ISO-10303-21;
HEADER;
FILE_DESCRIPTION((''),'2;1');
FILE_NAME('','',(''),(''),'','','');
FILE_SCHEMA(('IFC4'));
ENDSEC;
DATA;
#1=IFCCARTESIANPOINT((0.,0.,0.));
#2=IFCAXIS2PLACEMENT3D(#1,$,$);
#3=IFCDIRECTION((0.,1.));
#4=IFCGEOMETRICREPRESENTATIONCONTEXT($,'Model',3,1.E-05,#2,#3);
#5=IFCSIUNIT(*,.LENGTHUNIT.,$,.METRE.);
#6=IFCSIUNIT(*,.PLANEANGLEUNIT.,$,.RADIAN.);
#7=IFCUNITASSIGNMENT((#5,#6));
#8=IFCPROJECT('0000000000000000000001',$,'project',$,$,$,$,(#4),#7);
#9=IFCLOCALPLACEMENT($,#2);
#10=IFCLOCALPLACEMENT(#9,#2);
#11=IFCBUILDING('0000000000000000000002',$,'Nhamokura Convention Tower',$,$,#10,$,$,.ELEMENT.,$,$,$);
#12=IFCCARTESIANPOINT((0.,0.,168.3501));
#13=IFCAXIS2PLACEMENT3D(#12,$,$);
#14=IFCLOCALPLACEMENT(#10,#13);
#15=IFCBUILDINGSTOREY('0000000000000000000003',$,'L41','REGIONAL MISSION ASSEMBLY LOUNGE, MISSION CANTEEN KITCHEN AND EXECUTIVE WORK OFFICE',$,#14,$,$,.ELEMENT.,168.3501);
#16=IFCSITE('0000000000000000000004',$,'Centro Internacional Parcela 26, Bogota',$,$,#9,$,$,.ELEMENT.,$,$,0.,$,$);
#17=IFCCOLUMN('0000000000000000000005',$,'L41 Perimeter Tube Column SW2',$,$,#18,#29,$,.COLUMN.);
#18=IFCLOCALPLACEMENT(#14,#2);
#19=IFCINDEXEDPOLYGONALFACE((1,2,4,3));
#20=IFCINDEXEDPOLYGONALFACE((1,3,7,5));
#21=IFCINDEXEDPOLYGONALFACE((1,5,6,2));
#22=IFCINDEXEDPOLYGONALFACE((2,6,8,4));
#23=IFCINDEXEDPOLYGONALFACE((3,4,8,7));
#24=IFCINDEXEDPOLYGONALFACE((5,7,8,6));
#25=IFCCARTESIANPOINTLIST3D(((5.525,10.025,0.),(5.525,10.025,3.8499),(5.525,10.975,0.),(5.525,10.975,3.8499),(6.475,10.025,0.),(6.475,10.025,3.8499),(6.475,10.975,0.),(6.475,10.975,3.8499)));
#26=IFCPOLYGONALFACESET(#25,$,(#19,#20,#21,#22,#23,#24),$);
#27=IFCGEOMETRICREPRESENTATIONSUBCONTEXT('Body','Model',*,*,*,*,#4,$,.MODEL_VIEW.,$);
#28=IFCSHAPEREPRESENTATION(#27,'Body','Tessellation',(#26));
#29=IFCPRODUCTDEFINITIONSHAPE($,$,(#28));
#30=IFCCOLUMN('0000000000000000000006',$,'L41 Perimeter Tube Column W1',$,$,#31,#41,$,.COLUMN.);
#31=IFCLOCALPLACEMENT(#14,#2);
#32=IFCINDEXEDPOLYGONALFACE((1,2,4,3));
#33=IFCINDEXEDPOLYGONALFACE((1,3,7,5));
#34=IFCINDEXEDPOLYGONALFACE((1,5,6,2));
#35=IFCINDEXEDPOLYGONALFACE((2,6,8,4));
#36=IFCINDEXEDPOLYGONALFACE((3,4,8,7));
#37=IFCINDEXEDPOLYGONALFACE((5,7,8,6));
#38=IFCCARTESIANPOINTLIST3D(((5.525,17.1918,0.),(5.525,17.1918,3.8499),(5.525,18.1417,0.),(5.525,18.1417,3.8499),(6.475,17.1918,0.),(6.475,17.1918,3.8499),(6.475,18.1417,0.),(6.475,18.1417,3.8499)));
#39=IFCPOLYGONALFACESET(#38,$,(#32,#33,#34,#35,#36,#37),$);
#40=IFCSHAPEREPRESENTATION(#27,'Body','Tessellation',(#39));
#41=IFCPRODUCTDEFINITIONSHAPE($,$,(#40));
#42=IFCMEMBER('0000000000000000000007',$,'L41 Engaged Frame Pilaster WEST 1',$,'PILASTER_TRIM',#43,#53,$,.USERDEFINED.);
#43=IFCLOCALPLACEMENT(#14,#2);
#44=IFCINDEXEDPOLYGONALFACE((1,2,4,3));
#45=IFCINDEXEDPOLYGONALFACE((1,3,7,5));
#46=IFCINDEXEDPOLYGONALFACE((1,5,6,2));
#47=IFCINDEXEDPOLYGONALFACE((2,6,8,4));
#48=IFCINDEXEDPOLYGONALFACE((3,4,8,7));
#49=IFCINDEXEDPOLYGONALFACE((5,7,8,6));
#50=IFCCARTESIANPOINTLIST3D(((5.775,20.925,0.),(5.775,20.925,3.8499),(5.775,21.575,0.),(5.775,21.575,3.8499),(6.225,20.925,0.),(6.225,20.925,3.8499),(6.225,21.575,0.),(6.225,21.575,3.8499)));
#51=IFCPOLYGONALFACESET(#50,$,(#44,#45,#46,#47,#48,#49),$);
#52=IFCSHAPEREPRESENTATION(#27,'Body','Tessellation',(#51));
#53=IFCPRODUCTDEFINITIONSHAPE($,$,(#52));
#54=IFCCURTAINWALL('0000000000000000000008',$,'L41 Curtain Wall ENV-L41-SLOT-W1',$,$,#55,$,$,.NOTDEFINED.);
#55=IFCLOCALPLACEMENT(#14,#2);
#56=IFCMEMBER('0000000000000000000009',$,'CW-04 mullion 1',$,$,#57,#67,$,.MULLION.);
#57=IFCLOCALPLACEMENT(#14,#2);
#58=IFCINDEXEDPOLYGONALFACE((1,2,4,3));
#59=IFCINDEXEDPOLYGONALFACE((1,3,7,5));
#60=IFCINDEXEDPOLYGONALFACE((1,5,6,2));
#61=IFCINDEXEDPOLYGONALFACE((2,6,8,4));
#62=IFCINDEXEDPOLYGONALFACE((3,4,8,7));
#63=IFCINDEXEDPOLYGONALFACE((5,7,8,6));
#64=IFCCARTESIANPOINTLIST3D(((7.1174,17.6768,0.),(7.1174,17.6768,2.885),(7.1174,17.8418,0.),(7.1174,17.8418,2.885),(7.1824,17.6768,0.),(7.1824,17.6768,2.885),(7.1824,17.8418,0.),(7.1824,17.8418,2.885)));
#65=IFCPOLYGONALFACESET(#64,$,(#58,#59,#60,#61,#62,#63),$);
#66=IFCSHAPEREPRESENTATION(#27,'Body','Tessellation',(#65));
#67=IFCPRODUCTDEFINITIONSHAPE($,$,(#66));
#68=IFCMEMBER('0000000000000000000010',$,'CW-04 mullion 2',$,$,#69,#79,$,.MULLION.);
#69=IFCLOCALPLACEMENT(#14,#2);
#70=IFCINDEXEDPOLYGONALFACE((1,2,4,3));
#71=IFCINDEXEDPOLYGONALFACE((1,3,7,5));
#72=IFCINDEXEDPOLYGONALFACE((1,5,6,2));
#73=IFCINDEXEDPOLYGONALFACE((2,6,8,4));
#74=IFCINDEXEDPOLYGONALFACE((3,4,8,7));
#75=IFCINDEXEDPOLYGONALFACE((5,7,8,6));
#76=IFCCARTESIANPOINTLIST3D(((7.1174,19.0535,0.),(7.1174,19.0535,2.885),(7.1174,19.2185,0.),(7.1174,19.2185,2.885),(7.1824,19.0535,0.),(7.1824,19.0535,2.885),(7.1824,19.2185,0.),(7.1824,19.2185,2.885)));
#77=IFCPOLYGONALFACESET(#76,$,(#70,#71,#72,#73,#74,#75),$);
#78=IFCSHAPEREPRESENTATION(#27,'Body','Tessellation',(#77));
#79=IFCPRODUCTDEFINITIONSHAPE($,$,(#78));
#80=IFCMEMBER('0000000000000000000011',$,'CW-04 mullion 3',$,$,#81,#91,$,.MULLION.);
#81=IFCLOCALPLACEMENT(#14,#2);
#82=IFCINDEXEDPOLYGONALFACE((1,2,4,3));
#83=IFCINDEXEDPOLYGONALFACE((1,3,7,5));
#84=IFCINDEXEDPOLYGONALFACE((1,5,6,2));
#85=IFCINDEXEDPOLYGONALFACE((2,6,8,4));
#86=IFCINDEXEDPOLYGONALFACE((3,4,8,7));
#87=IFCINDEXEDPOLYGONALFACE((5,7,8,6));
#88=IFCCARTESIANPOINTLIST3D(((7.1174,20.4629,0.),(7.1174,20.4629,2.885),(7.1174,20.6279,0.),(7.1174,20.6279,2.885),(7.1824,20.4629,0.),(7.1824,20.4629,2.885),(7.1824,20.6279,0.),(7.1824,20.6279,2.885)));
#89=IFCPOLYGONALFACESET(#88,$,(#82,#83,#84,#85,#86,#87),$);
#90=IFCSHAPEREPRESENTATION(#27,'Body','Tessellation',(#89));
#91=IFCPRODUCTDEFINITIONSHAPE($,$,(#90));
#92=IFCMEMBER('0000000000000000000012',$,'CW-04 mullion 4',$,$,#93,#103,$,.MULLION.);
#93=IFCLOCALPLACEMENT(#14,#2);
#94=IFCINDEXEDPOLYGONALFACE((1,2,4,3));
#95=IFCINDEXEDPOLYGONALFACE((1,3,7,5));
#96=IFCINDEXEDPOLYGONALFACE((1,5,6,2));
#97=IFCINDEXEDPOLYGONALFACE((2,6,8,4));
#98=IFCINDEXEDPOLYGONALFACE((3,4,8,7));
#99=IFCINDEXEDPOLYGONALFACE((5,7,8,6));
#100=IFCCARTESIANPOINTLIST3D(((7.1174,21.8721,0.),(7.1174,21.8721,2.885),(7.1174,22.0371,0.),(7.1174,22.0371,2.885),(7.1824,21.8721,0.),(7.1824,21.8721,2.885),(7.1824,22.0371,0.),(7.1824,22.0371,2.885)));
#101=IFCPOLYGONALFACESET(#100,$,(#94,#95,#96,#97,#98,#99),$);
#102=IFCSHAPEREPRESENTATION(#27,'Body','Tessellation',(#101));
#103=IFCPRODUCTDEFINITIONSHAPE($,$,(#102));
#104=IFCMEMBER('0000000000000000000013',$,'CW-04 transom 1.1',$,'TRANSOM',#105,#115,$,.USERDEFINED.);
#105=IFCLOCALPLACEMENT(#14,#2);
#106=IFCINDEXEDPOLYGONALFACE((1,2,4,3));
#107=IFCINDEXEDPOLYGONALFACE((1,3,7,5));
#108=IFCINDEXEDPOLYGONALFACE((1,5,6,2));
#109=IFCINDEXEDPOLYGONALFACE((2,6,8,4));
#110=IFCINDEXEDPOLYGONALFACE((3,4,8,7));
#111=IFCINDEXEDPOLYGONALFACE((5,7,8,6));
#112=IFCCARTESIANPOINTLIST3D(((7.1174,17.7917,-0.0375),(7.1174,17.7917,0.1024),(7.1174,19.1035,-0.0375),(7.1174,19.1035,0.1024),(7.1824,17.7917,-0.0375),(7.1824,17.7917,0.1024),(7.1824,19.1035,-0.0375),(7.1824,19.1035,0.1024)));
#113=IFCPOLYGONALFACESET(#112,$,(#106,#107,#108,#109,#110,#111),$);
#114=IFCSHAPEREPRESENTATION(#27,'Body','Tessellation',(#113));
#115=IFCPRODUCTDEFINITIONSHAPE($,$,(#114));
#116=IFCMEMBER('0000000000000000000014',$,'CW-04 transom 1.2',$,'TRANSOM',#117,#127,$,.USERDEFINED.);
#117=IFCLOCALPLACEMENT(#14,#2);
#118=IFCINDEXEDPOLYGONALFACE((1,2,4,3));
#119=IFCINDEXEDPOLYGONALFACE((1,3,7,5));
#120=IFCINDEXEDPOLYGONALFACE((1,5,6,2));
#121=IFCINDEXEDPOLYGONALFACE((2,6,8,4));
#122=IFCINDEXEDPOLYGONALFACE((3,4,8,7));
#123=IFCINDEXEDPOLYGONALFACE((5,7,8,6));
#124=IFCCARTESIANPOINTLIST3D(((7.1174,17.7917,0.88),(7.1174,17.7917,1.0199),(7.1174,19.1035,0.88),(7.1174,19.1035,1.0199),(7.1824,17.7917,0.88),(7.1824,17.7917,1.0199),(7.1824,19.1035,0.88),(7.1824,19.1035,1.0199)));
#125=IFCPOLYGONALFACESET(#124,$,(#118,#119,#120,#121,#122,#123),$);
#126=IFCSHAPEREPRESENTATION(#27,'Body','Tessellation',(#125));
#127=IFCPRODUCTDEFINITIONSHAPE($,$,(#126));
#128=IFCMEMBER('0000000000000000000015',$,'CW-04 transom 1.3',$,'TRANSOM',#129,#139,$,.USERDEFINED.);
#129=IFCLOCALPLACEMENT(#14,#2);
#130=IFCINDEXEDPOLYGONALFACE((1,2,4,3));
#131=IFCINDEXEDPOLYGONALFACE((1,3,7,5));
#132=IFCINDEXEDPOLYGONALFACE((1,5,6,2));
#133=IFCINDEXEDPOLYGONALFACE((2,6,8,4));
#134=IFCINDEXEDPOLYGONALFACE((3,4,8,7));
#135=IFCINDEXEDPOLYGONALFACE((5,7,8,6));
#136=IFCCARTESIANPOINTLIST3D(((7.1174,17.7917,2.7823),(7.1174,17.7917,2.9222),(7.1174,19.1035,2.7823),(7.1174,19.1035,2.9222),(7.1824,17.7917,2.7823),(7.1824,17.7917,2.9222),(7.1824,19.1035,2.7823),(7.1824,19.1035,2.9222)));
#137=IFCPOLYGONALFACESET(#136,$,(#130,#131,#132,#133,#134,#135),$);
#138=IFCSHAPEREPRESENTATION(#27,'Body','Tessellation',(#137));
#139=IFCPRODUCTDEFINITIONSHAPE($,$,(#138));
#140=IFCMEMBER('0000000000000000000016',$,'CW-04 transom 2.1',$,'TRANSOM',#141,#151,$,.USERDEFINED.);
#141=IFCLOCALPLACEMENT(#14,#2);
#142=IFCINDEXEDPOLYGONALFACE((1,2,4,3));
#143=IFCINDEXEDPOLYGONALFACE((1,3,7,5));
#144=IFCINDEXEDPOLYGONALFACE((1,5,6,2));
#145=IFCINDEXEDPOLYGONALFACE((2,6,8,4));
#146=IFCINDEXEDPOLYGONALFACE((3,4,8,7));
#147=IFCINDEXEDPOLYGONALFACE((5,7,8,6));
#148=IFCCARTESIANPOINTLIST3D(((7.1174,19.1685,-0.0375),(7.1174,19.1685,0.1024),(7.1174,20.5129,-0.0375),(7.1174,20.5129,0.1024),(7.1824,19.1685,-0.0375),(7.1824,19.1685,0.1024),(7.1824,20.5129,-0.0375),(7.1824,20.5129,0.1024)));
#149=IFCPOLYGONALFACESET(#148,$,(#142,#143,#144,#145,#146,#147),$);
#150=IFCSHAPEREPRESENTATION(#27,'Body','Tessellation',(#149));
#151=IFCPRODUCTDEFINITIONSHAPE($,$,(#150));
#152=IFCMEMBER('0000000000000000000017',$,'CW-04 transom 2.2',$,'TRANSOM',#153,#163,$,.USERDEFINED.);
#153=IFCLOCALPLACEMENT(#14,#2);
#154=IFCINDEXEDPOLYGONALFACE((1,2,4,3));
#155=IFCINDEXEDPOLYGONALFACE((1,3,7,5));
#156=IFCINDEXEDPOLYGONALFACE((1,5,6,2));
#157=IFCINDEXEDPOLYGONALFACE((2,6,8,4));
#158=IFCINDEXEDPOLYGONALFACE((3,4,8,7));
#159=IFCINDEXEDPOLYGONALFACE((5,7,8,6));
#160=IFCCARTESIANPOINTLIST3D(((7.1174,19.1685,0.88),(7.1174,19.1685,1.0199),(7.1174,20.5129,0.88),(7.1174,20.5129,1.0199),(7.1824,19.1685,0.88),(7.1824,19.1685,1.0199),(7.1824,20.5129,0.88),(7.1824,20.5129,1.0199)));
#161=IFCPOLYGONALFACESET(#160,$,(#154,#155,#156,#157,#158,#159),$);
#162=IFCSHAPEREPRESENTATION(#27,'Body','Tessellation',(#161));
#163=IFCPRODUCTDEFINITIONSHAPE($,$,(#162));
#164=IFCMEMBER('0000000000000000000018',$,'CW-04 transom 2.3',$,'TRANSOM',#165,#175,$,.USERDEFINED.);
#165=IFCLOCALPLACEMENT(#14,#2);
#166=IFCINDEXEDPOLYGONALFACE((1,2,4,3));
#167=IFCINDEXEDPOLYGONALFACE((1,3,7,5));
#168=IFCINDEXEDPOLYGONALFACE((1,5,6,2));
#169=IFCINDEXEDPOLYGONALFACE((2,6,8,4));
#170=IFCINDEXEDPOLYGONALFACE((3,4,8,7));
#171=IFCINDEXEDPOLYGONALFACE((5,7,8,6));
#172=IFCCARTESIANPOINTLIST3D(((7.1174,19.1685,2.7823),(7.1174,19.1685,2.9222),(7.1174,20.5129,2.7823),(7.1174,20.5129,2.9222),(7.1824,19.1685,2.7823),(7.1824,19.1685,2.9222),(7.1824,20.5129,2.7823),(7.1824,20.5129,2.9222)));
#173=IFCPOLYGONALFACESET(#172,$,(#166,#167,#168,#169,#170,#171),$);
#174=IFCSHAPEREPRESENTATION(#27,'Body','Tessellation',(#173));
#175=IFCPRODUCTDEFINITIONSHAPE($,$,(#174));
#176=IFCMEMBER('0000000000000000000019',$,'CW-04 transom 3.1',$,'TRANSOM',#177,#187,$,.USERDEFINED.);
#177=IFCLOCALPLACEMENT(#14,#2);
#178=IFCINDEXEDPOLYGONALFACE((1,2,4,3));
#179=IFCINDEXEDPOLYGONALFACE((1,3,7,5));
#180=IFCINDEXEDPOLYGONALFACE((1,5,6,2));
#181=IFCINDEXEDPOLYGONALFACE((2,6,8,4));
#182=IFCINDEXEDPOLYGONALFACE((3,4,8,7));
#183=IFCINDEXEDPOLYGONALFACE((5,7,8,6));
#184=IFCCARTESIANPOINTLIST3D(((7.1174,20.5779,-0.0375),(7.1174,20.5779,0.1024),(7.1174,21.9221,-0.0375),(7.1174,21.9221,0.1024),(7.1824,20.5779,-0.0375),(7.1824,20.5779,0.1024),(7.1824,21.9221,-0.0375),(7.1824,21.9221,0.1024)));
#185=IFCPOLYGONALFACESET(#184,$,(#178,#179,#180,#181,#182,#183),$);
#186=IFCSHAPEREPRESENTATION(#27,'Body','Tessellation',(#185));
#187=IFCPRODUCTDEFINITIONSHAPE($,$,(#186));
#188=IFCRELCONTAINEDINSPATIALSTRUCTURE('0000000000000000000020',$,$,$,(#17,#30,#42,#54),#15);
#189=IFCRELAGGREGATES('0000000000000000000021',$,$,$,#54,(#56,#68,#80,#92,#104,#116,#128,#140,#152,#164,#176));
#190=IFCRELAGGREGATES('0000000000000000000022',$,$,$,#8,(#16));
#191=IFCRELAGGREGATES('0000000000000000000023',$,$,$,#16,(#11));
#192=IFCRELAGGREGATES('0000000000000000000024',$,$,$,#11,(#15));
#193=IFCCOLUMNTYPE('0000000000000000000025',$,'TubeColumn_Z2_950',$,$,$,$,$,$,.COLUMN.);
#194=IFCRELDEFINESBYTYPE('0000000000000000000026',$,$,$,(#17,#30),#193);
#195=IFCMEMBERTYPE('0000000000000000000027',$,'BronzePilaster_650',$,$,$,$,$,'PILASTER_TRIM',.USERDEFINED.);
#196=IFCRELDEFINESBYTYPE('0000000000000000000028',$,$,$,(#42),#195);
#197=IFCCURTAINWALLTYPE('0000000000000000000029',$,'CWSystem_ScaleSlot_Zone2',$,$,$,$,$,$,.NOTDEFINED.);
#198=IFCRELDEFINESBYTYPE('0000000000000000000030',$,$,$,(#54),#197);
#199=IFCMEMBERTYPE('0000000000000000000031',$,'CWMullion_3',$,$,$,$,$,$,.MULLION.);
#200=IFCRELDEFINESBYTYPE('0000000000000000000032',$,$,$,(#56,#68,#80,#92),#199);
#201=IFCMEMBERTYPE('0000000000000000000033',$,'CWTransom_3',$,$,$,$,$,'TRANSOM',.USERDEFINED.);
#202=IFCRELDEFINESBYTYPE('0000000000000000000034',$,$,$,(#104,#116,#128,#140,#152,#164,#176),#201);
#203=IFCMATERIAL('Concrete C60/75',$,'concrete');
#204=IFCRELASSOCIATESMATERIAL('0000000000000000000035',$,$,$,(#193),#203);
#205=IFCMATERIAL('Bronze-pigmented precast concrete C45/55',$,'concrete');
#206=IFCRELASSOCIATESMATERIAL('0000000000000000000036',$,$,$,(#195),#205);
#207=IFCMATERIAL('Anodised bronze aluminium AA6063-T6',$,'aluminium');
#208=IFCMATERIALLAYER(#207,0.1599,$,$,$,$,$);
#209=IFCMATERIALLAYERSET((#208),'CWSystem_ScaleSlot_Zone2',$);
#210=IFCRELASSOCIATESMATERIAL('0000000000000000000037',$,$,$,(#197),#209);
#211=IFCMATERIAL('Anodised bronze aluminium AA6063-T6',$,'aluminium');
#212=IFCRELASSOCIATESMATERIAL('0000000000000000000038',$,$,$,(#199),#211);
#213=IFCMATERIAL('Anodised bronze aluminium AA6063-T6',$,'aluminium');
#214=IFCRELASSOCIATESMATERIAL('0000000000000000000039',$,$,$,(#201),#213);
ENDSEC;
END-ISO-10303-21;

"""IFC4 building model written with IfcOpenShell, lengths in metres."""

from ifc_helpers import new_model, si_unit, direction, frame, origin, origin_2d, place, context, subcontext, project, spatial, rectangle, extrude, material, layer, layer_set, material_profile, profile_set, type_object, element, aggregate, save


model = new_model("IFC4")

# Units and contexts
model_context = context("Model", 3, precision=1e-05, world=origin(), true_north=direction((0.0, 1.0)))
body_context = subcontext(model_context, "Body", "Model", "MODEL_VIEW")
ifc_project = project(units=[si_unit("LENGTHUNIT", "METRE"), si_unit("PLANEANGLEUNIT", "RADIAN")], contexts=[model_context])

# Site, building, storey
site_placement = place(None, origin())
site = spatial("IfcSite", under=ifc_project, at=site_placement, Name="Centro Internacional Parcela 26, Bogota", CompositionType="ELEMENT", RefElevation=0.0)
building_placement = place(site_placement, origin())
building = spatial("IfcBuilding", under=site, at=building_placement, Name="Nhamokura Convention Tower", CompositionType="ELEMENT")
storey_placement = place(building_placement, frame((0.0, 0.0, 168.3501)))
storey = spatial("IfcBuildingStorey", under=building, at=storey_placement, Name="L41", Description="REGIONAL MISSION ASSEMBLY LOUNGE, MISSION CANTEEN KITCHEN AND EXECUTIVE WORK OFFICE", CompositionType="ELEMENT", Elevation=168.3501)

# Columns
ifc_material_1 = material(Name="Concrete C60/75", Category="concrete")
ifc_material_profile_1 = material_profile(ifc_material_1, rectangle(XDim=0.95, YDim=0.95, at=origin_2d()))
ifc_profile_set_1 = profile_set([ifc_material_profile_1], Name="Concrete C60/75")
column_type = type_object("IfcColumnType", Name="TubeColumn_Z2_950", PredefinedType="COLUMN", material=ifc_profile_set_1)
for number, where, z_axis, x_axis, name in (
    (1, (6.0, 10.5, 0.0), (0.0, 0.0, 1.0), (1.0, 0.0, 0.0), "L41 Perimeter Tube Column SW2"),
    (2, (6.0, 17.6667, 0.0), (0.0, 0.0, 1.0), (1.0, 0.0, 0.0), "L41 Perimeter Tube Column W1"),
):
    element("IfcColumn", number, at=place(storey_placement, frame(where, z_axis=z_axis, x_axis=x_axis)), inside=storey, type_object=column_type, Name=name, PredefinedType="COLUMN", context=body_context, shape_type="SweptSolid", body=[
        extrude(rectangle(XDim=0.95, YDim=0.95, at=origin_2d()), origin(), (0.0, 0.0, 1.0), 3.8499),
    ])

# Member
ifc_material_2 = material(Name="Bronze-pigmented precast concrete C45/55", Category="concrete")
ifc_material_profile_2 = material_profile(ifc_material_2, rectangle(XDim=0.45, YDim=0.6499, at=origin_2d()))
ifc_profile_set_2 = profile_set([ifc_material_profile_2], Name="Bronze-pigmented precast concrete C45/55")
member_type_1 = type_object("IfcMemberType", Name="BronzePilaster_650", ElementType="PILASTER_TRIM", PredefinedType="USERDEFINED", material=ifc_profile_set_2)
member_1_placement = place(storey_placement, frame((6.0, 21.25, 0.0), z_axis=(0.0, 0.0, 1.0), x_axis=(1.0, 0.0, 0.0)))
element("IfcMember", 3, at=member_1_placement, inside=storey, type_object=member_type_1, Name="L41 Engaged Frame Pilaster WEST 1", ObjectType="PILASTER_TRIM", PredefinedType="USERDEFINED", context=body_context, shape_type="SweptSolid", body=[
    extrude(rectangle(XDim=0.45, YDim=0.6499, at=origin_2d()), origin(), (0.0, 0.0, 1.0), 3.8499),
])

# Curtain wall, members
ifc_material_3 = material(Name="Anodised bronze aluminium AA6063-T6", Category="aluminium")
ifc_layer_1 = layer(ifc_material_3, 0.1599)
ifc_layer_set_1 = layer_set([ifc_layer_1], Name="CWSystem_ScaleSlot_Zone2")
curtain_wall_type = type_object("IfcCurtainWallType", Name="CWSystem_ScaleSlot_Zone2", PredefinedType="NOTDEFINED", material=ifc_layer_set_1)
curtain_wall_placement = place(storey_placement, origin())
curtain_wall = element("IfcCurtainWall", 4, at=curtain_wall_placement, inside=storey, type_object=curtain_wall_type, Name="L41 Curtain Wall ENV-L41-SLOT-W1", PredefinedType="NOTDEFINED")
ifc_material_4 = material(Name="Anodised bronze aluminium AA6063-T6", Category="aluminium")
ifc_material_profile_3 = material_profile(ifc_material_4, rectangle(XDim=0.0649, YDim=0.165, at=origin_2d()))
ifc_profile_set_3 = profile_set([ifc_material_profile_3], Name="Anodised bronze aluminium AA6063-T6")
member_type_2 = type_object("IfcMemberType", Name="CWMullion_3", PredefinedType="MULLION", material=ifc_profile_set_3)
member_2_placement = place(storey_placement, frame((7.1499, 17.7593, 0.0), z_axis=(0.0, 0.0, 1.0), x_axis=(-1.0, 0.0, 0.0)))
member_2 = element("IfcMember", 5, at=member_2_placement, type_object=member_type_2, Name="CW-04 mullion 1", PredefinedType="MULLION", context=body_context, shape_type="SweptSolid", body=[
    extrude(rectangle(XDim=0.0649, YDim=0.165, at=origin_2d()), origin(), (0.0, 0.0, 1.0), 2.885),
])
member_3_placement = place(storey_placement, frame((7.1499, 19.136, 0.0), z_axis=(0.0, 0.0, 1.0), x_axis=(-1.0, 0.0, 0.0)))
member_3 = element("IfcMember", 6, at=member_3_placement, type_object=member_type_2, Name="CW-04 mullion 2", PredefinedType="MULLION", context=body_context, shape_type="SweptSolid", body=[
    extrude(rectangle(XDim=0.0649, YDim=0.165, at=origin_2d()), origin(), (0.0, 0.0, 1.0), 2.885),
])
member_4_placement = place(storey_placement, frame((7.1499, 20.5454, 0.0), z_axis=(0.0, 0.0, 1.0), x_axis=(-1.0, 0.0, 0.0)))
member_4 = element("IfcMember", 7, at=member_4_placement, type_object=member_type_2, Name="CW-04 mullion 3", PredefinedType="MULLION", context=body_context, shape_type="SweptSolid", body=[
    extrude(rectangle(XDim=0.0649, YDim=0.165, at=origin_2d()), origin(), (0.0, 0.0, 1.0), 2.885),
])
member_5_placement = place(storey_placement, frame((7.1499, 21.9546, 0.0), z_axis=(0.0, 0.0, 1.0), x_axis=(-1.0, 0.0, 0.0)))
member_5 = element("IfcMember", 8, at=member_5_placement, type_object=member_type_2, Name="CW-04 mullion 4", PredefinedType="MULLION", context=body_context, shape_type="SweptSolid", body=[
    extrude(rectangle(XDim=0.0649, YDim=0.165, at=origin_2d()), origin(), (0.0, 0.0, 1.0), 2.885),
])
ifc_material_5 = material(Name="Anodised bronze aluminium AA6063-T6", Category="aluminium")
ifc_material_profile_4 = material_profile(ifc_material_5, rectangle(XDim=0.0649, YDim=0.1399, at=origin_2d()))
ifc_profile_set_4 = profile_set([ifc_material_profile_4], Name="Anodised bronze aluminium AA6063-T6")
member_type_3 = type_object("IfcMemberType", Name="CWTransom_3", ElementType="TRANSOM", PredefinedType="USERDEFINED", material=ifc_profile_set_4)
member_6_placement = place(storey_placement, frame((7.1499, 17.7917, 0.0325), z_axis=(0.0, 1.0, 0.0), x_axis=(-1.0, 0.0, 0.0)))
member_6 = element("IfcMember", 9, at=member_6_placement, type_object=member_type_3, Name="CW-04 transom 1.1", ObjectType="TRANSOM", PredefinedType="USERDEFINED", context=body_context, shape_type="SweptSolid", body=[
    extrude(rectangle(XDim=0.0649, YDim=0.1399, at=origin_2d()), origin(), (0.0, 0.0, 1.0), 1.3118),
])
member_7_placement = place(storey_placement, frame((7.1499, 17.7917, 0.95), z_axis=(0.0, 1.0, 0.0), x_axis=(-1.0, 0.0, 0.0)))
member_7 = element("IfcMember", 10, at=member_7_placement, type_object=member_type_3, Name="CW-04 transom 1.2", ObjectType="TRANSOM", PredefinedType="USERDEFINED", context=body_context, shape_type="SweptSolid", body=[
    extrude(rectangle(XDim=0.0649, YDim=0.1399, at=origin_2d()), origin(), (0.0, 0.0, 1.0), 1.3118),
])
member_8_placement = place(storey_placement, frame((7.1499, 17.7917, 2.8523), z_axis=(0.0, 1.0, 0.0), x_axis=(-1.0, 0.0, 0.0)))
member_8 = element("IfcMember", 11, at=member_8_placement, type_object=member_type_3, Name="CW-04 transom 1.3", ObjectType="TRANSOM", PredefinedType="USERDEFINED", context=body_context, shape_type="SweptSolid", body=[
    extrude(rectangle(XDim=0.0649, YDim=0.1399, at=origin_2d()), origin(), (0.0, 0.0, 1.0), 1.3118),
])
member_9_placement = place(storey_placement, frame((7.1499, 19.1685, 0.0325), z_axis=(0.0, 1.0, 0.0), x_axis=(-1.0, 0.0, 0.0)))
member_9 = element("IfcMember", 12, at=member_9_placement, type_object=member_type_3, Name="CW-04 transom 2.1", ObjectType="TRANSOM", PredefinedType="USERDEFINED", context=body_context, shape_type="SweptSolid", body=[
    extrude(rectangle(XDim=0.0649, YDim=0.1399, at=origin_2d()), origin(), (0.0, 0.0, 1.0), 1.3445),
])
member_10_placement = place(storey_placement, frame((7.1499, 19.1685, 0.95), z_axis=(0.0, 1.0, 0.0), x_axis=(-1.0, 0.0, 0.0)))
member_10 = element("IfcMember", 13, at=member_10_placement, type_object=member_type_3, Name="CW-04 transom 2.2", ObjectType="TRANSOM", PredefinedType="USERDEFINED", context=body_context, shape_type="SweptSolid", body=[
    extrude(rectangle(XDim=0.0649, YDim=0.1399, at=origin_2d()), origin(), (0.0, 0.0, 1.0), 1.3445),
])
member_11_placement = place(storey_placement, frame((7.1499, 19.1685, 2.8523), z_axis=(0.0, 1.0, 0.0), x_axis=(-1.0, 0.0, 0.0)))
member_11 = element("IfcMember", 14, at=member_11_placement, type_object=member_type_3, Name="CW-04 transom 2.3", ObjectType="TRANSOM", PredefinedType="USERDEFINED", context=body_context, shape_type="SweptSolid", body=[
    extrude(rectangle(XDim=0.0649, YDim=0.1399, at=origin_2d()), origin(), (0.0, 0.0, 1.0), 1.3445),
])
member_12_placement = place(storey_placement, frame((7.1499, 20.5779, 0.0325), z_axis=(0.0, 1.0, 0.0), x_axis=(-1.0, 0.0, 0.0)))
member_12 = element("IfcMember", 15, at=member_12_placement, type_object=member_type_3, Name="CW-04 transom 3.1", ObjectType="TRANSOM", PredefinedType="USERDEFINED", context=body_context, shape_type="SweptSolid", body=[
    extrude(rectangle(XDim=0.0649, YDim=0.1399, at=origin_2d()), origin(), (0.0, 0.0, 1.0), 1.3442),
])

aggregate(curtain_wall, [member_2, member_3, member_4, member_5, member_6, member_7, member_8, member_9, member_10, member_11, member_12])

save(model, "model.ifc")
